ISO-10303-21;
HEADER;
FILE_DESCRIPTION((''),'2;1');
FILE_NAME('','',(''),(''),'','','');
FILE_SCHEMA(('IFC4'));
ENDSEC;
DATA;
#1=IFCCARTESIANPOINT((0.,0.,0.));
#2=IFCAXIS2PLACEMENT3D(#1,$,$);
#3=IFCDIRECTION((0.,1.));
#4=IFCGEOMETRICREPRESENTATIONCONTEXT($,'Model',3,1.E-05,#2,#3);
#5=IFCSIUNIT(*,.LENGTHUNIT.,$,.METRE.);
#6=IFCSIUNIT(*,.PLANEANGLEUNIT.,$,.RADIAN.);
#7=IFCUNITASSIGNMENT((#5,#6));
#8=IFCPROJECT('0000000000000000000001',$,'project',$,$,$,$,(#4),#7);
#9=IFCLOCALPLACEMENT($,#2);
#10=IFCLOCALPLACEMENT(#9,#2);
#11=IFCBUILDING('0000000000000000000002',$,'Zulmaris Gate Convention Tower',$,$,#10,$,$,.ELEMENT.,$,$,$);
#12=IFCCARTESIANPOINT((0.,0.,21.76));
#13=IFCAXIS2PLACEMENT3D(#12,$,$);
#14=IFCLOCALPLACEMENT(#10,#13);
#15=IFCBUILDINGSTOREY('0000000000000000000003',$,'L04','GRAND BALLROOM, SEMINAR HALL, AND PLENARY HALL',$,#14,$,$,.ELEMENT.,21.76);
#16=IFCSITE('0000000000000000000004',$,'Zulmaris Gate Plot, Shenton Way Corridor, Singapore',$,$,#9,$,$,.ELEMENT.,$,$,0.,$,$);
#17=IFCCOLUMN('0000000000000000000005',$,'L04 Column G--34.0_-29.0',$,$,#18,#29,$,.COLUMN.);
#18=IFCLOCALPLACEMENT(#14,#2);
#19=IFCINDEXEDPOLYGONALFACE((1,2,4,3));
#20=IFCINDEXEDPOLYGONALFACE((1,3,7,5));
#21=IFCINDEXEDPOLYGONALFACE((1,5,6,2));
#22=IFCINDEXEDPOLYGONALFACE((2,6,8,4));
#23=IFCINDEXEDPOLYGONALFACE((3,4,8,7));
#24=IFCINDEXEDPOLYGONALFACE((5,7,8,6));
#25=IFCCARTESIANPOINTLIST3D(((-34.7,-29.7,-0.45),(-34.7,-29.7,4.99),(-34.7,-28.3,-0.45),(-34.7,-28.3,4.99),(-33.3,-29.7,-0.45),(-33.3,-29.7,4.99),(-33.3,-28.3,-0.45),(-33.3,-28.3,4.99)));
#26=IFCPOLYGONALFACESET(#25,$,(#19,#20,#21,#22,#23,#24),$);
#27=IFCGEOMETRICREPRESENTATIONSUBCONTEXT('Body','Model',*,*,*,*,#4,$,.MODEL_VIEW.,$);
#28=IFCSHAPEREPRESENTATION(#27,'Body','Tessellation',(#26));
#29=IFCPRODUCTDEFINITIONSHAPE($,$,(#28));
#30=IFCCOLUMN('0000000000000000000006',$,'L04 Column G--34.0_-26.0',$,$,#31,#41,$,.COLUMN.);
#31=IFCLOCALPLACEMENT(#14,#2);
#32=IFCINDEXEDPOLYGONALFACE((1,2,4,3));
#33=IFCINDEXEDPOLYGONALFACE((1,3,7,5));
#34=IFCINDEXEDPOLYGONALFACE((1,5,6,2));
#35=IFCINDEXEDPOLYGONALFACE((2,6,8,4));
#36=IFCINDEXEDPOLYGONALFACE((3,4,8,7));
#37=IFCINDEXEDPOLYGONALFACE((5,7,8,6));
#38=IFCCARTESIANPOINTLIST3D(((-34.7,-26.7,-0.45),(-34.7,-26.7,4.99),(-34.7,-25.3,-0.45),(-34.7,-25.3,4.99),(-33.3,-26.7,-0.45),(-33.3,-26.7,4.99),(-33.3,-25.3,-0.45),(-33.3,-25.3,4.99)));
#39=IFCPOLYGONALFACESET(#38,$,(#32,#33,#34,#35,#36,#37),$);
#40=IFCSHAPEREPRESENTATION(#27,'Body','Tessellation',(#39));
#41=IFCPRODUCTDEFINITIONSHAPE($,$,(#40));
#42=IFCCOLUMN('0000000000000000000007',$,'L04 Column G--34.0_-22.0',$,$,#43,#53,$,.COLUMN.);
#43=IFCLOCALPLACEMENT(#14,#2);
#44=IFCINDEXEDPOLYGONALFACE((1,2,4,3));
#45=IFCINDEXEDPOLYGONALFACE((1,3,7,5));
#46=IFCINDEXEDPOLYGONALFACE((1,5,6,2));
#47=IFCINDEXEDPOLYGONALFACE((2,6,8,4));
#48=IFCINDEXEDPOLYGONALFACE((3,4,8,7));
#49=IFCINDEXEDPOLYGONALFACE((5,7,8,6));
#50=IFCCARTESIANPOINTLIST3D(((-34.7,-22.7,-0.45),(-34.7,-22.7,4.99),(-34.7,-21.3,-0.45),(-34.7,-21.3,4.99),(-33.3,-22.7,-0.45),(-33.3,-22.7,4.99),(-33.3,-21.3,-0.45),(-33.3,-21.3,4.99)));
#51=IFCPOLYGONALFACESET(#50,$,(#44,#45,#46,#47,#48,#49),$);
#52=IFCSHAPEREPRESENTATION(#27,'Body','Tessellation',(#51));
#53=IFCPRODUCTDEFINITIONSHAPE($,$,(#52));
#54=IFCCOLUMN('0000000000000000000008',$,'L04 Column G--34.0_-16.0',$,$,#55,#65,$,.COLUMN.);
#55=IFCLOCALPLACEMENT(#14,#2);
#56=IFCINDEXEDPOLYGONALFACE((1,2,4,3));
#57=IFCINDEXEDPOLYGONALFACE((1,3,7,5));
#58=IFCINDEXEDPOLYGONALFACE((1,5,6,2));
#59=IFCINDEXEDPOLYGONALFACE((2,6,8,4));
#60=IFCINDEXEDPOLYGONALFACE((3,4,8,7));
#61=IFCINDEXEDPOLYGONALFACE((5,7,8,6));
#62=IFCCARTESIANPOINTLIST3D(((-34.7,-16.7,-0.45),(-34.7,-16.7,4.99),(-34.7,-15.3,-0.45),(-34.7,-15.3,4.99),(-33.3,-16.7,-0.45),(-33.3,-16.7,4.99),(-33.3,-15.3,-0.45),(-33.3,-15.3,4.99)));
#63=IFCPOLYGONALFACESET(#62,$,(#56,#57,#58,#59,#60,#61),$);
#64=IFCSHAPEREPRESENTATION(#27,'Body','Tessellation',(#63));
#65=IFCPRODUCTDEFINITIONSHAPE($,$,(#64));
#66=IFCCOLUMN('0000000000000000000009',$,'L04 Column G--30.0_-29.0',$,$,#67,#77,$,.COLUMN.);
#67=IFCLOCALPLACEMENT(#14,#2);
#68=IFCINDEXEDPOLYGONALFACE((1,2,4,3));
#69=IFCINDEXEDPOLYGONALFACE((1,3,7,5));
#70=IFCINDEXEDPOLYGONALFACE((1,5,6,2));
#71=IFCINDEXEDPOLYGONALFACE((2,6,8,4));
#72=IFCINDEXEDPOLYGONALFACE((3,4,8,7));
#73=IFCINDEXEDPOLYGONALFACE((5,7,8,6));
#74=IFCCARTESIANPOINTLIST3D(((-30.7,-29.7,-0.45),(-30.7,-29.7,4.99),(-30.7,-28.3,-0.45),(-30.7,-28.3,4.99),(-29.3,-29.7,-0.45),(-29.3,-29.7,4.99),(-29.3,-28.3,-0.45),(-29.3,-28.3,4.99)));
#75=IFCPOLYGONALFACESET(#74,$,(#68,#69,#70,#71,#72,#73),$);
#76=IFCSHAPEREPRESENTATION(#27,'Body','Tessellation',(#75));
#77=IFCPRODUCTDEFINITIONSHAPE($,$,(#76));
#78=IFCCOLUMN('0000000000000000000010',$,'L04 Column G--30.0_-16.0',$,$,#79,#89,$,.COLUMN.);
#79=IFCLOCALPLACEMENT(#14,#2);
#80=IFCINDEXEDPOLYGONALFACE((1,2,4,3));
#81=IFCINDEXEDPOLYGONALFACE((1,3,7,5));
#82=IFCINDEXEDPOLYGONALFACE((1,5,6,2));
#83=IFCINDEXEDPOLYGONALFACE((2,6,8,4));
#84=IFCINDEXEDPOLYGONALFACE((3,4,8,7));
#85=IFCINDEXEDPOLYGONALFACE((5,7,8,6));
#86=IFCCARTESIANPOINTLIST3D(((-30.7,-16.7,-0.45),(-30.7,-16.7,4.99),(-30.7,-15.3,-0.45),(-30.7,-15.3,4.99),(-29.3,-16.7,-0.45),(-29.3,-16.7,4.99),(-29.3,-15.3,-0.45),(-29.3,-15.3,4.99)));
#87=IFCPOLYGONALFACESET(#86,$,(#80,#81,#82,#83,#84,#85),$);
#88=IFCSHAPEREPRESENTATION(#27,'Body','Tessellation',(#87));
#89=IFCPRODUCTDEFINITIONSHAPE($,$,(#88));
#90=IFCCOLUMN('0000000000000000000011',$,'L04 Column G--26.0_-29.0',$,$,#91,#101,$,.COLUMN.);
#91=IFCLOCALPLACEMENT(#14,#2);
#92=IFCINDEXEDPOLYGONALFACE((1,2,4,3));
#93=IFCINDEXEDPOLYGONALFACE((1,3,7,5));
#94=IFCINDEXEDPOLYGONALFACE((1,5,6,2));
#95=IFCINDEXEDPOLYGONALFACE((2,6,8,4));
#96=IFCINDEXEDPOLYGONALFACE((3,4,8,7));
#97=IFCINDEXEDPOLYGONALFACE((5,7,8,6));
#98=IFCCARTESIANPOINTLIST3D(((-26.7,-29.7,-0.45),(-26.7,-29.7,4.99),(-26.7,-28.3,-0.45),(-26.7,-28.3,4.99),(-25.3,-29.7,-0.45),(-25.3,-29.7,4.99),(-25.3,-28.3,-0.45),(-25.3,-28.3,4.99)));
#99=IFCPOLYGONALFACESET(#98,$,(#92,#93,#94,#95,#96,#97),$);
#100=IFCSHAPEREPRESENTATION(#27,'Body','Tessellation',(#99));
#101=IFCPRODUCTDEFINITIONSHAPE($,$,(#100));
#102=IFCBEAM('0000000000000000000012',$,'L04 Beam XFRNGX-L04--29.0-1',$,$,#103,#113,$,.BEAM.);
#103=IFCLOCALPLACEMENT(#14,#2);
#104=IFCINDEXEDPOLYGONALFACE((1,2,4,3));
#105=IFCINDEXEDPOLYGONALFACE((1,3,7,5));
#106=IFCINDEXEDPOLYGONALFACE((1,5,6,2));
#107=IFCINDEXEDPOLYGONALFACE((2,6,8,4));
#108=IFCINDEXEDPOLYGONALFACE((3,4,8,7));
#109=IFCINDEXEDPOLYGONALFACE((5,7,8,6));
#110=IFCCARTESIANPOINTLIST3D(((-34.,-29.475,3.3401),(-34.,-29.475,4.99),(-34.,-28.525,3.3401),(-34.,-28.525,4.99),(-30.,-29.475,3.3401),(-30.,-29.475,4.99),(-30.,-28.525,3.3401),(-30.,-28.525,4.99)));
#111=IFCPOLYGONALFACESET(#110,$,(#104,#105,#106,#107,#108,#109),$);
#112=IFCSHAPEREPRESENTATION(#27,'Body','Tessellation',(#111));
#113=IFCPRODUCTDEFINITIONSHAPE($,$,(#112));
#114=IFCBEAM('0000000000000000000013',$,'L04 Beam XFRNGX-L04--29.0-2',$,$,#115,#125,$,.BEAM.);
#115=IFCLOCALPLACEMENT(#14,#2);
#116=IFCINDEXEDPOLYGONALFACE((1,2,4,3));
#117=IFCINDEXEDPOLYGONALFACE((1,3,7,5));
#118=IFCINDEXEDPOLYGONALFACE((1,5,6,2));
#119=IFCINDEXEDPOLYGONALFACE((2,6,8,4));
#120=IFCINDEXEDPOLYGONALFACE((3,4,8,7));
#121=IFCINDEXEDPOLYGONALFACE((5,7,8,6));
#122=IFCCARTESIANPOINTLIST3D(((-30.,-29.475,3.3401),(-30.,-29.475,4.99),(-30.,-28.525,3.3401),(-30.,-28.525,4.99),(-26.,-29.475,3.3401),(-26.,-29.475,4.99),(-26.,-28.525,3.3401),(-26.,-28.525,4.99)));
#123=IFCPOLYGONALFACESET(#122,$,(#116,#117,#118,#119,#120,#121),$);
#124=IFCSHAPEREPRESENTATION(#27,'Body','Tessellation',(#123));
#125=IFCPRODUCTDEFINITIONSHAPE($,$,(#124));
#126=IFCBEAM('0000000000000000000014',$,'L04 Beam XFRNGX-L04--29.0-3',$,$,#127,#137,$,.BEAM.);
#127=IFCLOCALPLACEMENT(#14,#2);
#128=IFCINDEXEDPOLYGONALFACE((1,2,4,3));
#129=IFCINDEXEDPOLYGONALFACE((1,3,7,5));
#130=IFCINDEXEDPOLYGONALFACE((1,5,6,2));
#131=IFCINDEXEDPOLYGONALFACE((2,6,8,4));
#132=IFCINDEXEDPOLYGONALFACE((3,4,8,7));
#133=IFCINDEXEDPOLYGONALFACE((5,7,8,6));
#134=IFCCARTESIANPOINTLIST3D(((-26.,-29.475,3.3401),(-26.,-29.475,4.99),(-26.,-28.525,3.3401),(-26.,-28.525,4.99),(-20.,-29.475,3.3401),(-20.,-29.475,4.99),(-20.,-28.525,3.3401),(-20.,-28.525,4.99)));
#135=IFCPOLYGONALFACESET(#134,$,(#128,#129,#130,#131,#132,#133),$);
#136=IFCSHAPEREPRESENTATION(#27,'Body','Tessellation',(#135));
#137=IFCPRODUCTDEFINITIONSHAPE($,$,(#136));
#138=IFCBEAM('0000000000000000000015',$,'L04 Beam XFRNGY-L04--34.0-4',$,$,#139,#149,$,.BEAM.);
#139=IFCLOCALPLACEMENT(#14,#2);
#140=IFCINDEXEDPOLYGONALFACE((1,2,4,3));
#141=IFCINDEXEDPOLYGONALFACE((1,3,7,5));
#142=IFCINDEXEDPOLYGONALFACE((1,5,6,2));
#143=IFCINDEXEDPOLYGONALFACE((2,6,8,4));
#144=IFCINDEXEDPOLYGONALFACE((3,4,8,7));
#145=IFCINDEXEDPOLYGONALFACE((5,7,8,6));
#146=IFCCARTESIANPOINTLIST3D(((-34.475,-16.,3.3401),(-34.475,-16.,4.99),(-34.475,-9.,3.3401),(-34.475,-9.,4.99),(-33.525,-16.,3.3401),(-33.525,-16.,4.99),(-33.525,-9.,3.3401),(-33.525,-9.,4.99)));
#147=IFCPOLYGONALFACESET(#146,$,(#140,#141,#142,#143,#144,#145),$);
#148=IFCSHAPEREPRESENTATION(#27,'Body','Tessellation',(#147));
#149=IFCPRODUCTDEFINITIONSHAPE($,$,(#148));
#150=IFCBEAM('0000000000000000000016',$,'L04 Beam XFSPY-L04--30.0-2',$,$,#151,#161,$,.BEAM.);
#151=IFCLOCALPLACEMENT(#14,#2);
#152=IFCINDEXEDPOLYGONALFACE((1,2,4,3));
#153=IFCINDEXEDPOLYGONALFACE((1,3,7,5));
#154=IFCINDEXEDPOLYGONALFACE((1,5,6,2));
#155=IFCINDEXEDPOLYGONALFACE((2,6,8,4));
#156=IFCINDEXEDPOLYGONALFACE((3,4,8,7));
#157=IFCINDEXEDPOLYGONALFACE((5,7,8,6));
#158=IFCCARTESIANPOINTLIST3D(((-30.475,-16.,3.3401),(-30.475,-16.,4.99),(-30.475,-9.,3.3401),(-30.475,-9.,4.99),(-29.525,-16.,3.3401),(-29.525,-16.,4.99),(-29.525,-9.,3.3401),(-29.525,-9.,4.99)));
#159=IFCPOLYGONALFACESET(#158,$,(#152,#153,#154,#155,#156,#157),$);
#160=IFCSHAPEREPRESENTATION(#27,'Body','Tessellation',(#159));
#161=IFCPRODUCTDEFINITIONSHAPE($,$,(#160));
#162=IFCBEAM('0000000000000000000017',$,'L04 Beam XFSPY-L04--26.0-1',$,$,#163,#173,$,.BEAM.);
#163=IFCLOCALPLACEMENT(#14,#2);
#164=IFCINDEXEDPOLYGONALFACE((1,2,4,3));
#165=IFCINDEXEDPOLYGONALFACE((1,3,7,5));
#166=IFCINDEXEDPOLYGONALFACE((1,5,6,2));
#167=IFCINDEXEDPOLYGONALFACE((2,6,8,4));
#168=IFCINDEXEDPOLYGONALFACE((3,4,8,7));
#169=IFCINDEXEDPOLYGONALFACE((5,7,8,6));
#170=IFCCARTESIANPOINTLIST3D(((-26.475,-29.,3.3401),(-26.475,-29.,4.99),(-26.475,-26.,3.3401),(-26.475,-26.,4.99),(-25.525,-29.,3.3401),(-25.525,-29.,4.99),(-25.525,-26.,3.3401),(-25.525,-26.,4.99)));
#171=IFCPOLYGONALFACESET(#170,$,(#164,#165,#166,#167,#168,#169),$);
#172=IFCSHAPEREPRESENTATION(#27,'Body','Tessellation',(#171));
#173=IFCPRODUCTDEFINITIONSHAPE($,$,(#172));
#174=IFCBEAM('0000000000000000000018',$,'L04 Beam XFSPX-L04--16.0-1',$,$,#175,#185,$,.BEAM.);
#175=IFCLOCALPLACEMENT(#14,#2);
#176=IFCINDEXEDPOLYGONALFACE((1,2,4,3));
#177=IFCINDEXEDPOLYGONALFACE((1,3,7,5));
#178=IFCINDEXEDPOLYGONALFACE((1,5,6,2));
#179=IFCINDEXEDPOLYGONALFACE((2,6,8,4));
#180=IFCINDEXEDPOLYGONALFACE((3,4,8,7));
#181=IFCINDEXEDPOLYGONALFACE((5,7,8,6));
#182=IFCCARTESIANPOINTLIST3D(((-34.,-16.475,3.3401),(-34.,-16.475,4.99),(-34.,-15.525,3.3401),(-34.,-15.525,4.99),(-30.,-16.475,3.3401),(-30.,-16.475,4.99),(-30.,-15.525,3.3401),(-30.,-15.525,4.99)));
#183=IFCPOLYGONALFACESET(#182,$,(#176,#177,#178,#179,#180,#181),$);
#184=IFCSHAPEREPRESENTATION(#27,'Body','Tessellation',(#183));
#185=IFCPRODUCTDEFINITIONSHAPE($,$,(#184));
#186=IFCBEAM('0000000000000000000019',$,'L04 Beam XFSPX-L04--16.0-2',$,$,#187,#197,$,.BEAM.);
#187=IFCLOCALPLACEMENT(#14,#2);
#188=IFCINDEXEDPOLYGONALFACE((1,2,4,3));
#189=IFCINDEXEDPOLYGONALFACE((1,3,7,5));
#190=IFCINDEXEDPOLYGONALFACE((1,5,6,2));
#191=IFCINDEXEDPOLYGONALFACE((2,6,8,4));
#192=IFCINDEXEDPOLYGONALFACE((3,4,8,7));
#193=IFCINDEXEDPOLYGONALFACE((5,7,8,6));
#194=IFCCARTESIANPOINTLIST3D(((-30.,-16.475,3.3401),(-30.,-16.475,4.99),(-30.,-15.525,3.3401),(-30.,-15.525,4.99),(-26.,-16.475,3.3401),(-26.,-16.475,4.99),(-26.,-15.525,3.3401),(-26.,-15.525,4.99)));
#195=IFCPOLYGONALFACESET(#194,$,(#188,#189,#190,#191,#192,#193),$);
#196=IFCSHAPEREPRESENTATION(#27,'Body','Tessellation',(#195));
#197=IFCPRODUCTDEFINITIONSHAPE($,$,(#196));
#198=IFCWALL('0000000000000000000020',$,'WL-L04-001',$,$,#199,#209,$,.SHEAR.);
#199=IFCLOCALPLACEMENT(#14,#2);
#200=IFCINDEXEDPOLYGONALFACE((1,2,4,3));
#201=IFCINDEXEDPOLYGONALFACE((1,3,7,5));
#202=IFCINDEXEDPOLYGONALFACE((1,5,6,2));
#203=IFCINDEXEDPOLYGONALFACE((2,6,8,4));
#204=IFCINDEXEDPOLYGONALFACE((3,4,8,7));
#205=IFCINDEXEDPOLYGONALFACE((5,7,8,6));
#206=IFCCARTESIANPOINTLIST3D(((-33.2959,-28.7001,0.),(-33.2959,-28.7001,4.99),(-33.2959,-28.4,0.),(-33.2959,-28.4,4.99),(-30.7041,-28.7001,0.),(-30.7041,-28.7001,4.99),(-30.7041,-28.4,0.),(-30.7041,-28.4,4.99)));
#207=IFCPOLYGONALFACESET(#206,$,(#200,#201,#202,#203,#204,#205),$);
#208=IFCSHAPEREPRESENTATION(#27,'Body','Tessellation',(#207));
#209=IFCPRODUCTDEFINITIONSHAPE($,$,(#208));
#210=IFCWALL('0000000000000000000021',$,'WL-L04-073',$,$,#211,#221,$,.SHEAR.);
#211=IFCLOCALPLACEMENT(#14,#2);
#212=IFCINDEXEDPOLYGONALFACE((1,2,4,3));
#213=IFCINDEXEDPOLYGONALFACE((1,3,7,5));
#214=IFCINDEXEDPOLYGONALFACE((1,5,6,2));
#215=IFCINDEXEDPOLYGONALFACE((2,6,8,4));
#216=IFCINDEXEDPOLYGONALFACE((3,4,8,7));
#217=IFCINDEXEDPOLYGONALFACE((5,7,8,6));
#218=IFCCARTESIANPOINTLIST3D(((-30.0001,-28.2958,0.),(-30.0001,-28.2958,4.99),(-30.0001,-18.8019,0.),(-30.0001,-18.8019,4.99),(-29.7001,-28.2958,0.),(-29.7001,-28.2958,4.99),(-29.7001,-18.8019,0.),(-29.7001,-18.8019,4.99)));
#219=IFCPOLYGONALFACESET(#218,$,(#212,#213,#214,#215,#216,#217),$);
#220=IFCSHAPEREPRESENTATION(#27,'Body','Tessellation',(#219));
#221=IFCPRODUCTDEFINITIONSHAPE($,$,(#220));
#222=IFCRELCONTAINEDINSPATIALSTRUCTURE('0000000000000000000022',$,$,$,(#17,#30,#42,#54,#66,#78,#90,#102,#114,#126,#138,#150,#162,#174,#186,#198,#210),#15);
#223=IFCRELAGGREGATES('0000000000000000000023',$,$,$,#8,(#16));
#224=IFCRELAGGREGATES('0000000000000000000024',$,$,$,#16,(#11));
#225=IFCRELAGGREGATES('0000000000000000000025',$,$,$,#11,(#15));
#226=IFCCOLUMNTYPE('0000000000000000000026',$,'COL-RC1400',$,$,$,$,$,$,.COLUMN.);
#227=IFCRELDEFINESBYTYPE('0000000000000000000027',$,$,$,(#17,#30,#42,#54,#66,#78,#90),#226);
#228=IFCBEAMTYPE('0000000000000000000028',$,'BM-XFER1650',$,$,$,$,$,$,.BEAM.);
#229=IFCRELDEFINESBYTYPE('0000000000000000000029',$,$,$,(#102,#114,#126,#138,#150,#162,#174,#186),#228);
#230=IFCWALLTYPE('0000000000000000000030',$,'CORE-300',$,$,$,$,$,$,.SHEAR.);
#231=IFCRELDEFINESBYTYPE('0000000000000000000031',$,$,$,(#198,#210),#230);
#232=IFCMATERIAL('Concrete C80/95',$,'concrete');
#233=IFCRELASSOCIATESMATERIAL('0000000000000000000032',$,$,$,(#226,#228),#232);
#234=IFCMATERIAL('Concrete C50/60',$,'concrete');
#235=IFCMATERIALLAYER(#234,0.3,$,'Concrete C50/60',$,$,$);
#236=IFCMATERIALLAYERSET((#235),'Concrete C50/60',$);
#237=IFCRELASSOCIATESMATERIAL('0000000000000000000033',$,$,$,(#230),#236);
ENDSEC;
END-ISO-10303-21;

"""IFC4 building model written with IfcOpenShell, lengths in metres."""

from ifc_helpers import new_model, si_unit, direction, frame, frame_2d, origin, origin_2d, place, context, subcontext, project, spatial, rectangle, extrude, material, layer, layer_set, material_profile, profile_set, type_object, element, save


model = new_model("IFC4")

# Units and contexts
model_context = context("Model", 3, precision=1e-05, world=origin(), true_north=direction((0.0, 1.0)))
body_context = subcontext(model_context, "Body", "Model", "MODEL_VIEW")
ifc_project = project(units=[si_unit("LENGTHUNIT", "METRE"), si_unit("PLANEANGLEUNIT", "RADIAN")], contexts=[model_context])

# Site, building, storey
site_placement = place(None, origin())
site = spatial("IfcSite", under=ifc_project, at=site_placement, Name="Zulmaris Gate Plot, Shenton Way Corridor, Singapore", CompositionType="ELEMENT", RefElevation=0.0)
building_placement = place(site_placement, origin())
building = spatial("IfcBuilding", under=site, at=building_placement, Name="Zulmaris Gate Convention Tower", CompositionType="ELEMENT")
storey_placement = place(building_placement, frame((0.0, 0.0, 21.76)))
storey = spatial("IfcBuildingStorey", under=building, at=storey_placement, Name="L04", Description="GRAND BALLROOM, SEMINAR HALL, AND PLENARY HALL", CompositionType="ELEMENT", Elevation=21.76)

# Columns
ifc_material_1 = material(Name="Concrete C80/95", Category="concrete")
ifc_material_profile_1 = material_profile(ifc_material_1, rectangle(XDim=1.3999, YDim=1.3999, at=origin_2d()), Name="RC COL 1400x1400")
ifc_profile_set_1 = profile_set([ifc_material_profile_1], Name="Concrete C80/95")
column_type = type_object("IfcColumnType", Name="COL-RC1400", PredefinedType="COLUMN", material=ifc_profile_set_1)
for number, where, z_axis, x_axis, name in (
    (1, (-34.0, -29.0, -0.45), (0.0, 0.0, 1.0), (1.0, 0.0, 0.0), "L04 Column G--34.0_-29.0"),
    (2, (-34.0, -26.0, -0.45), (0.0, 0.0, 1.0), (1.0, 0.0, 0.0), "L04 Column G--34.0_-26.0"),
    (3, (-34.0, -22.0, -0.45), (0.0, 0.0, 1.0), (1.0, 0.0, 0.0), "L04 Column G--34.0_-22.0"),
    (4, (-34.0, -16.0, -0.45), (0.0, 0.0, 1.0), (1.0, 0.0, 0.0), "L04 Column G--34.0_-16.0"),
    (5, (-30.0, -29.0, -0.45), (0.0, 0.0, 1.0), (1.0, 0.0, 0.0), "L04 Column G--30.0_-29.0"),
    (6, (-30.0, -16.0, -0.45), (0.0, 0.0, 1.0), (1.0, 0.0, 0.0), "L04 Column G--30.0_-16.0"),
    (7, (-26.0, -29.0, -0.45), (0.0, 0.0, 1.0), (1.0, 0.0, 0.0), "L04 Column G--26.0_-29.0"),
):
    element("IfcColumn", number, at=place(storey_placement, frame(where, z_axis=z_axis, x_axis=x_axis)), inside=storey, type_object=column_type, Name=name, PredefinedType="COLUMN", context=body_context, shape_type="SweptSolid", body=[
        extrude(rectangle(XDim=1.3999, YDim=1.3999, at=origin_2d()), origin(), (0.0, 0.0, 1.0), 5.4399),
    ])

# Beams
ifc_material_profile_2 = material_profile(ifc_material_1, rectangle(XDim=0.95, YDim=1.6499, at=origin_2d()), Name="RC TRANSFER 950x1650")
ifc_profile_set_2 = profile_set([ifc_material_profile_2], Name="Concrete C80/95")
beam_type = type_object("IfcBeamType", Name="BM-XFER1650", PredefinedType="BEAM", material=ifc_profile_set_2)
for number, where, z_axis, x_axis, name in (
    (8, (-34.0, -29.0, 4.165), (1.0, 0.0, 0.0), (0.0, 1.0, 0.0), "L04 Beam XFRNGX-L04--29.0-1"),
    (9, (-30.0, -29.0, 4.165), (1.0, 0.0, 0.0), (0.0, 1.0, 0.0), "L04 Beam XFRNGX-L04--29.0-2"),
):
    element("IfcBeam", number, at=place(storey_placement, frame(where, z_axis=z_axis, x_axis=x_axis)), inside=storey, type_object=beam_type, Name=name, PredefinedType="BEAM", context=body_context, shape_type="SweptSolid", body=[
        extrude(rectangle(XDim=0.95, YDim=1.6499, at=origin_2d()), origin(), (0.0, 0.0, 1.0), 4.0),
    ])
beam_1_placement = place(storey_placement, frame((-26.0, -29.0, 4.165), z_axis=(1.0, 0.0, 0.0), x_axis=(0.0, 1.0, 0.0)))
element("IfcBeam", 10, at=beam_1_placement, inside=storey, type_object=beam_type, Name="L04 Beam XFRNGX-L04--29.0-3", PredefinedType="BEAM", context=body_context, shape_type="SweptSolid", body=[
    extrude(rectangle(XDim=0.95, YDim=1.6499, at=origin_2d()), origin(), (0.0, 0.0, 1.0), 6.0),
])
for number, where, z_axis, x_axis, name in (
    (11, (-34.0, -16.0, 4.165), (0.0, 1.0, 0.0), (-1.0, 0.0, 0.0), "L04 Beam XFRNGY-L04--34.0-4"),
    (12, (-30.0, -16.0, 4.165), (0.0, 1.0, 0.0), (-1.0, 0.0, 0.0), "L04 Beam XFSPY-L04--30.0-2"),
):
    element("IfcBeam", number, at=place(storey_placement, frame(where, z_axis=z_axis, x_axis=x_axis)), inside=storey, type_object=beam_type, Name=name, PredefinedType="BEAM", context=body_context, shape_type="SweptSolid", body=[
        extrude(rectangle(XDim=0.95, YDim=1.6499, at=origin_2d()), origin(), (0.0, 0.0, 1.0), 7.0),
    ])
beam_2_placement = place(storey_placement, frame((-26.0, -29.0, 4.165), z_axis=(0.0, 1.0, 0.0), x_axis=(-1.0, 0.0, 0.0)))
element("IfcBeam", 13, at=beam_2_placement, inside=storey, type_object=beam_type, Name="L04 Beam XFSPY-L04--26.0-1", PredefinedType="BEAM", context=body_context, shape_type="SweptSolid", body=[
    extrude(rectangle(XDim=0.95, YDim=1.6499, at=origin_2d()), origin(), (0.0, 0.0, 1.0), 3.0),
])
for number, where, z_axis, x_axis, name in (
    (14, (-34.0, -16.0, 4.165), (1.0, 0.0, 0.0), (0.0, 1.0, 0.0), "L04 Beam XFSPX-L04--16.0-1"),
    (15, (-30.0, -16.0, 4.165), (1.0, 0.0, 0.0), (0.0, 1.0, 0.0), "L04 Beam XFSPX-L04--16.0-2"),
):
    element("IfcBeam", number, at=place(storey_placement, frame(where, z_axis=z_axis, x_axis=x_axis)), inside=storey, type_object=beam_type, Name=name, PredefinedType="BEAM", context=body_context, shape_type="SweptSolid", body=[
        extrude(rectangle(XDim=0.95, YDim=1.6499, at=origin_2d()), origin(), (0.0, 0.0, 1.0), 4.0),
    ])

# Wall
ifc_material_2 = material(Name="Concrete C50/60", Category="concrete")
ifc_layer_1 = layer(ifc_material_2, 0.3, Name="Concrete C50/60")
ifc_layer_set_1 = layer_set([ifc_layer_1], Name="Concrete C50/60")
wall_type_1 = type_object("IfcWallType", Name="CORE-300", PredefinedType="SHEAR", material=ifc_layer_set_1)
wall_1_placement = place(storey_placement, frame((-33.2959, -28.55, 0.0), z_axis=(0.0, 0.0, 1.0), x_axis=(1.0, 0.0, 0.0)))
element("IfcWall", 16, at=wall_1_placement, inside=storey, type_object=wall_type_1, Name="WL-L04-001", PredefinedType="SHEAR", context=body_context, shape_type="SweptSolid", body=[
    extrude(rectangle(XDim=2.5918, YDim=0.3, at=frame_2d((1.2959, 0.0))), origin(), (0.0, 0.0, 1.0), 4.99),
])

# Wall
wall_2_placement = place(storey_placement, frame((-29.8501, -28.2959, 0.0), z_axis=(0.0, 0.0, 1.0), x_axis=(0.0, 1.0, 0.0)))
element("IfcWall", 17, at=wall_2_placement, inside=storey, type_object=wall_type_1, Name="WL-L04-073", PredefinedType="SHEAR", context=body_context, shape_type="SweptSolid", body=[
    extrude(rectangle(XDim=9.4939, YDim=0.3, at=frame_2d((4.7471, 0.0))), origin(), (0.0, 0.0, 1.0), 4.99),
])

save(model, "model.ifc")
